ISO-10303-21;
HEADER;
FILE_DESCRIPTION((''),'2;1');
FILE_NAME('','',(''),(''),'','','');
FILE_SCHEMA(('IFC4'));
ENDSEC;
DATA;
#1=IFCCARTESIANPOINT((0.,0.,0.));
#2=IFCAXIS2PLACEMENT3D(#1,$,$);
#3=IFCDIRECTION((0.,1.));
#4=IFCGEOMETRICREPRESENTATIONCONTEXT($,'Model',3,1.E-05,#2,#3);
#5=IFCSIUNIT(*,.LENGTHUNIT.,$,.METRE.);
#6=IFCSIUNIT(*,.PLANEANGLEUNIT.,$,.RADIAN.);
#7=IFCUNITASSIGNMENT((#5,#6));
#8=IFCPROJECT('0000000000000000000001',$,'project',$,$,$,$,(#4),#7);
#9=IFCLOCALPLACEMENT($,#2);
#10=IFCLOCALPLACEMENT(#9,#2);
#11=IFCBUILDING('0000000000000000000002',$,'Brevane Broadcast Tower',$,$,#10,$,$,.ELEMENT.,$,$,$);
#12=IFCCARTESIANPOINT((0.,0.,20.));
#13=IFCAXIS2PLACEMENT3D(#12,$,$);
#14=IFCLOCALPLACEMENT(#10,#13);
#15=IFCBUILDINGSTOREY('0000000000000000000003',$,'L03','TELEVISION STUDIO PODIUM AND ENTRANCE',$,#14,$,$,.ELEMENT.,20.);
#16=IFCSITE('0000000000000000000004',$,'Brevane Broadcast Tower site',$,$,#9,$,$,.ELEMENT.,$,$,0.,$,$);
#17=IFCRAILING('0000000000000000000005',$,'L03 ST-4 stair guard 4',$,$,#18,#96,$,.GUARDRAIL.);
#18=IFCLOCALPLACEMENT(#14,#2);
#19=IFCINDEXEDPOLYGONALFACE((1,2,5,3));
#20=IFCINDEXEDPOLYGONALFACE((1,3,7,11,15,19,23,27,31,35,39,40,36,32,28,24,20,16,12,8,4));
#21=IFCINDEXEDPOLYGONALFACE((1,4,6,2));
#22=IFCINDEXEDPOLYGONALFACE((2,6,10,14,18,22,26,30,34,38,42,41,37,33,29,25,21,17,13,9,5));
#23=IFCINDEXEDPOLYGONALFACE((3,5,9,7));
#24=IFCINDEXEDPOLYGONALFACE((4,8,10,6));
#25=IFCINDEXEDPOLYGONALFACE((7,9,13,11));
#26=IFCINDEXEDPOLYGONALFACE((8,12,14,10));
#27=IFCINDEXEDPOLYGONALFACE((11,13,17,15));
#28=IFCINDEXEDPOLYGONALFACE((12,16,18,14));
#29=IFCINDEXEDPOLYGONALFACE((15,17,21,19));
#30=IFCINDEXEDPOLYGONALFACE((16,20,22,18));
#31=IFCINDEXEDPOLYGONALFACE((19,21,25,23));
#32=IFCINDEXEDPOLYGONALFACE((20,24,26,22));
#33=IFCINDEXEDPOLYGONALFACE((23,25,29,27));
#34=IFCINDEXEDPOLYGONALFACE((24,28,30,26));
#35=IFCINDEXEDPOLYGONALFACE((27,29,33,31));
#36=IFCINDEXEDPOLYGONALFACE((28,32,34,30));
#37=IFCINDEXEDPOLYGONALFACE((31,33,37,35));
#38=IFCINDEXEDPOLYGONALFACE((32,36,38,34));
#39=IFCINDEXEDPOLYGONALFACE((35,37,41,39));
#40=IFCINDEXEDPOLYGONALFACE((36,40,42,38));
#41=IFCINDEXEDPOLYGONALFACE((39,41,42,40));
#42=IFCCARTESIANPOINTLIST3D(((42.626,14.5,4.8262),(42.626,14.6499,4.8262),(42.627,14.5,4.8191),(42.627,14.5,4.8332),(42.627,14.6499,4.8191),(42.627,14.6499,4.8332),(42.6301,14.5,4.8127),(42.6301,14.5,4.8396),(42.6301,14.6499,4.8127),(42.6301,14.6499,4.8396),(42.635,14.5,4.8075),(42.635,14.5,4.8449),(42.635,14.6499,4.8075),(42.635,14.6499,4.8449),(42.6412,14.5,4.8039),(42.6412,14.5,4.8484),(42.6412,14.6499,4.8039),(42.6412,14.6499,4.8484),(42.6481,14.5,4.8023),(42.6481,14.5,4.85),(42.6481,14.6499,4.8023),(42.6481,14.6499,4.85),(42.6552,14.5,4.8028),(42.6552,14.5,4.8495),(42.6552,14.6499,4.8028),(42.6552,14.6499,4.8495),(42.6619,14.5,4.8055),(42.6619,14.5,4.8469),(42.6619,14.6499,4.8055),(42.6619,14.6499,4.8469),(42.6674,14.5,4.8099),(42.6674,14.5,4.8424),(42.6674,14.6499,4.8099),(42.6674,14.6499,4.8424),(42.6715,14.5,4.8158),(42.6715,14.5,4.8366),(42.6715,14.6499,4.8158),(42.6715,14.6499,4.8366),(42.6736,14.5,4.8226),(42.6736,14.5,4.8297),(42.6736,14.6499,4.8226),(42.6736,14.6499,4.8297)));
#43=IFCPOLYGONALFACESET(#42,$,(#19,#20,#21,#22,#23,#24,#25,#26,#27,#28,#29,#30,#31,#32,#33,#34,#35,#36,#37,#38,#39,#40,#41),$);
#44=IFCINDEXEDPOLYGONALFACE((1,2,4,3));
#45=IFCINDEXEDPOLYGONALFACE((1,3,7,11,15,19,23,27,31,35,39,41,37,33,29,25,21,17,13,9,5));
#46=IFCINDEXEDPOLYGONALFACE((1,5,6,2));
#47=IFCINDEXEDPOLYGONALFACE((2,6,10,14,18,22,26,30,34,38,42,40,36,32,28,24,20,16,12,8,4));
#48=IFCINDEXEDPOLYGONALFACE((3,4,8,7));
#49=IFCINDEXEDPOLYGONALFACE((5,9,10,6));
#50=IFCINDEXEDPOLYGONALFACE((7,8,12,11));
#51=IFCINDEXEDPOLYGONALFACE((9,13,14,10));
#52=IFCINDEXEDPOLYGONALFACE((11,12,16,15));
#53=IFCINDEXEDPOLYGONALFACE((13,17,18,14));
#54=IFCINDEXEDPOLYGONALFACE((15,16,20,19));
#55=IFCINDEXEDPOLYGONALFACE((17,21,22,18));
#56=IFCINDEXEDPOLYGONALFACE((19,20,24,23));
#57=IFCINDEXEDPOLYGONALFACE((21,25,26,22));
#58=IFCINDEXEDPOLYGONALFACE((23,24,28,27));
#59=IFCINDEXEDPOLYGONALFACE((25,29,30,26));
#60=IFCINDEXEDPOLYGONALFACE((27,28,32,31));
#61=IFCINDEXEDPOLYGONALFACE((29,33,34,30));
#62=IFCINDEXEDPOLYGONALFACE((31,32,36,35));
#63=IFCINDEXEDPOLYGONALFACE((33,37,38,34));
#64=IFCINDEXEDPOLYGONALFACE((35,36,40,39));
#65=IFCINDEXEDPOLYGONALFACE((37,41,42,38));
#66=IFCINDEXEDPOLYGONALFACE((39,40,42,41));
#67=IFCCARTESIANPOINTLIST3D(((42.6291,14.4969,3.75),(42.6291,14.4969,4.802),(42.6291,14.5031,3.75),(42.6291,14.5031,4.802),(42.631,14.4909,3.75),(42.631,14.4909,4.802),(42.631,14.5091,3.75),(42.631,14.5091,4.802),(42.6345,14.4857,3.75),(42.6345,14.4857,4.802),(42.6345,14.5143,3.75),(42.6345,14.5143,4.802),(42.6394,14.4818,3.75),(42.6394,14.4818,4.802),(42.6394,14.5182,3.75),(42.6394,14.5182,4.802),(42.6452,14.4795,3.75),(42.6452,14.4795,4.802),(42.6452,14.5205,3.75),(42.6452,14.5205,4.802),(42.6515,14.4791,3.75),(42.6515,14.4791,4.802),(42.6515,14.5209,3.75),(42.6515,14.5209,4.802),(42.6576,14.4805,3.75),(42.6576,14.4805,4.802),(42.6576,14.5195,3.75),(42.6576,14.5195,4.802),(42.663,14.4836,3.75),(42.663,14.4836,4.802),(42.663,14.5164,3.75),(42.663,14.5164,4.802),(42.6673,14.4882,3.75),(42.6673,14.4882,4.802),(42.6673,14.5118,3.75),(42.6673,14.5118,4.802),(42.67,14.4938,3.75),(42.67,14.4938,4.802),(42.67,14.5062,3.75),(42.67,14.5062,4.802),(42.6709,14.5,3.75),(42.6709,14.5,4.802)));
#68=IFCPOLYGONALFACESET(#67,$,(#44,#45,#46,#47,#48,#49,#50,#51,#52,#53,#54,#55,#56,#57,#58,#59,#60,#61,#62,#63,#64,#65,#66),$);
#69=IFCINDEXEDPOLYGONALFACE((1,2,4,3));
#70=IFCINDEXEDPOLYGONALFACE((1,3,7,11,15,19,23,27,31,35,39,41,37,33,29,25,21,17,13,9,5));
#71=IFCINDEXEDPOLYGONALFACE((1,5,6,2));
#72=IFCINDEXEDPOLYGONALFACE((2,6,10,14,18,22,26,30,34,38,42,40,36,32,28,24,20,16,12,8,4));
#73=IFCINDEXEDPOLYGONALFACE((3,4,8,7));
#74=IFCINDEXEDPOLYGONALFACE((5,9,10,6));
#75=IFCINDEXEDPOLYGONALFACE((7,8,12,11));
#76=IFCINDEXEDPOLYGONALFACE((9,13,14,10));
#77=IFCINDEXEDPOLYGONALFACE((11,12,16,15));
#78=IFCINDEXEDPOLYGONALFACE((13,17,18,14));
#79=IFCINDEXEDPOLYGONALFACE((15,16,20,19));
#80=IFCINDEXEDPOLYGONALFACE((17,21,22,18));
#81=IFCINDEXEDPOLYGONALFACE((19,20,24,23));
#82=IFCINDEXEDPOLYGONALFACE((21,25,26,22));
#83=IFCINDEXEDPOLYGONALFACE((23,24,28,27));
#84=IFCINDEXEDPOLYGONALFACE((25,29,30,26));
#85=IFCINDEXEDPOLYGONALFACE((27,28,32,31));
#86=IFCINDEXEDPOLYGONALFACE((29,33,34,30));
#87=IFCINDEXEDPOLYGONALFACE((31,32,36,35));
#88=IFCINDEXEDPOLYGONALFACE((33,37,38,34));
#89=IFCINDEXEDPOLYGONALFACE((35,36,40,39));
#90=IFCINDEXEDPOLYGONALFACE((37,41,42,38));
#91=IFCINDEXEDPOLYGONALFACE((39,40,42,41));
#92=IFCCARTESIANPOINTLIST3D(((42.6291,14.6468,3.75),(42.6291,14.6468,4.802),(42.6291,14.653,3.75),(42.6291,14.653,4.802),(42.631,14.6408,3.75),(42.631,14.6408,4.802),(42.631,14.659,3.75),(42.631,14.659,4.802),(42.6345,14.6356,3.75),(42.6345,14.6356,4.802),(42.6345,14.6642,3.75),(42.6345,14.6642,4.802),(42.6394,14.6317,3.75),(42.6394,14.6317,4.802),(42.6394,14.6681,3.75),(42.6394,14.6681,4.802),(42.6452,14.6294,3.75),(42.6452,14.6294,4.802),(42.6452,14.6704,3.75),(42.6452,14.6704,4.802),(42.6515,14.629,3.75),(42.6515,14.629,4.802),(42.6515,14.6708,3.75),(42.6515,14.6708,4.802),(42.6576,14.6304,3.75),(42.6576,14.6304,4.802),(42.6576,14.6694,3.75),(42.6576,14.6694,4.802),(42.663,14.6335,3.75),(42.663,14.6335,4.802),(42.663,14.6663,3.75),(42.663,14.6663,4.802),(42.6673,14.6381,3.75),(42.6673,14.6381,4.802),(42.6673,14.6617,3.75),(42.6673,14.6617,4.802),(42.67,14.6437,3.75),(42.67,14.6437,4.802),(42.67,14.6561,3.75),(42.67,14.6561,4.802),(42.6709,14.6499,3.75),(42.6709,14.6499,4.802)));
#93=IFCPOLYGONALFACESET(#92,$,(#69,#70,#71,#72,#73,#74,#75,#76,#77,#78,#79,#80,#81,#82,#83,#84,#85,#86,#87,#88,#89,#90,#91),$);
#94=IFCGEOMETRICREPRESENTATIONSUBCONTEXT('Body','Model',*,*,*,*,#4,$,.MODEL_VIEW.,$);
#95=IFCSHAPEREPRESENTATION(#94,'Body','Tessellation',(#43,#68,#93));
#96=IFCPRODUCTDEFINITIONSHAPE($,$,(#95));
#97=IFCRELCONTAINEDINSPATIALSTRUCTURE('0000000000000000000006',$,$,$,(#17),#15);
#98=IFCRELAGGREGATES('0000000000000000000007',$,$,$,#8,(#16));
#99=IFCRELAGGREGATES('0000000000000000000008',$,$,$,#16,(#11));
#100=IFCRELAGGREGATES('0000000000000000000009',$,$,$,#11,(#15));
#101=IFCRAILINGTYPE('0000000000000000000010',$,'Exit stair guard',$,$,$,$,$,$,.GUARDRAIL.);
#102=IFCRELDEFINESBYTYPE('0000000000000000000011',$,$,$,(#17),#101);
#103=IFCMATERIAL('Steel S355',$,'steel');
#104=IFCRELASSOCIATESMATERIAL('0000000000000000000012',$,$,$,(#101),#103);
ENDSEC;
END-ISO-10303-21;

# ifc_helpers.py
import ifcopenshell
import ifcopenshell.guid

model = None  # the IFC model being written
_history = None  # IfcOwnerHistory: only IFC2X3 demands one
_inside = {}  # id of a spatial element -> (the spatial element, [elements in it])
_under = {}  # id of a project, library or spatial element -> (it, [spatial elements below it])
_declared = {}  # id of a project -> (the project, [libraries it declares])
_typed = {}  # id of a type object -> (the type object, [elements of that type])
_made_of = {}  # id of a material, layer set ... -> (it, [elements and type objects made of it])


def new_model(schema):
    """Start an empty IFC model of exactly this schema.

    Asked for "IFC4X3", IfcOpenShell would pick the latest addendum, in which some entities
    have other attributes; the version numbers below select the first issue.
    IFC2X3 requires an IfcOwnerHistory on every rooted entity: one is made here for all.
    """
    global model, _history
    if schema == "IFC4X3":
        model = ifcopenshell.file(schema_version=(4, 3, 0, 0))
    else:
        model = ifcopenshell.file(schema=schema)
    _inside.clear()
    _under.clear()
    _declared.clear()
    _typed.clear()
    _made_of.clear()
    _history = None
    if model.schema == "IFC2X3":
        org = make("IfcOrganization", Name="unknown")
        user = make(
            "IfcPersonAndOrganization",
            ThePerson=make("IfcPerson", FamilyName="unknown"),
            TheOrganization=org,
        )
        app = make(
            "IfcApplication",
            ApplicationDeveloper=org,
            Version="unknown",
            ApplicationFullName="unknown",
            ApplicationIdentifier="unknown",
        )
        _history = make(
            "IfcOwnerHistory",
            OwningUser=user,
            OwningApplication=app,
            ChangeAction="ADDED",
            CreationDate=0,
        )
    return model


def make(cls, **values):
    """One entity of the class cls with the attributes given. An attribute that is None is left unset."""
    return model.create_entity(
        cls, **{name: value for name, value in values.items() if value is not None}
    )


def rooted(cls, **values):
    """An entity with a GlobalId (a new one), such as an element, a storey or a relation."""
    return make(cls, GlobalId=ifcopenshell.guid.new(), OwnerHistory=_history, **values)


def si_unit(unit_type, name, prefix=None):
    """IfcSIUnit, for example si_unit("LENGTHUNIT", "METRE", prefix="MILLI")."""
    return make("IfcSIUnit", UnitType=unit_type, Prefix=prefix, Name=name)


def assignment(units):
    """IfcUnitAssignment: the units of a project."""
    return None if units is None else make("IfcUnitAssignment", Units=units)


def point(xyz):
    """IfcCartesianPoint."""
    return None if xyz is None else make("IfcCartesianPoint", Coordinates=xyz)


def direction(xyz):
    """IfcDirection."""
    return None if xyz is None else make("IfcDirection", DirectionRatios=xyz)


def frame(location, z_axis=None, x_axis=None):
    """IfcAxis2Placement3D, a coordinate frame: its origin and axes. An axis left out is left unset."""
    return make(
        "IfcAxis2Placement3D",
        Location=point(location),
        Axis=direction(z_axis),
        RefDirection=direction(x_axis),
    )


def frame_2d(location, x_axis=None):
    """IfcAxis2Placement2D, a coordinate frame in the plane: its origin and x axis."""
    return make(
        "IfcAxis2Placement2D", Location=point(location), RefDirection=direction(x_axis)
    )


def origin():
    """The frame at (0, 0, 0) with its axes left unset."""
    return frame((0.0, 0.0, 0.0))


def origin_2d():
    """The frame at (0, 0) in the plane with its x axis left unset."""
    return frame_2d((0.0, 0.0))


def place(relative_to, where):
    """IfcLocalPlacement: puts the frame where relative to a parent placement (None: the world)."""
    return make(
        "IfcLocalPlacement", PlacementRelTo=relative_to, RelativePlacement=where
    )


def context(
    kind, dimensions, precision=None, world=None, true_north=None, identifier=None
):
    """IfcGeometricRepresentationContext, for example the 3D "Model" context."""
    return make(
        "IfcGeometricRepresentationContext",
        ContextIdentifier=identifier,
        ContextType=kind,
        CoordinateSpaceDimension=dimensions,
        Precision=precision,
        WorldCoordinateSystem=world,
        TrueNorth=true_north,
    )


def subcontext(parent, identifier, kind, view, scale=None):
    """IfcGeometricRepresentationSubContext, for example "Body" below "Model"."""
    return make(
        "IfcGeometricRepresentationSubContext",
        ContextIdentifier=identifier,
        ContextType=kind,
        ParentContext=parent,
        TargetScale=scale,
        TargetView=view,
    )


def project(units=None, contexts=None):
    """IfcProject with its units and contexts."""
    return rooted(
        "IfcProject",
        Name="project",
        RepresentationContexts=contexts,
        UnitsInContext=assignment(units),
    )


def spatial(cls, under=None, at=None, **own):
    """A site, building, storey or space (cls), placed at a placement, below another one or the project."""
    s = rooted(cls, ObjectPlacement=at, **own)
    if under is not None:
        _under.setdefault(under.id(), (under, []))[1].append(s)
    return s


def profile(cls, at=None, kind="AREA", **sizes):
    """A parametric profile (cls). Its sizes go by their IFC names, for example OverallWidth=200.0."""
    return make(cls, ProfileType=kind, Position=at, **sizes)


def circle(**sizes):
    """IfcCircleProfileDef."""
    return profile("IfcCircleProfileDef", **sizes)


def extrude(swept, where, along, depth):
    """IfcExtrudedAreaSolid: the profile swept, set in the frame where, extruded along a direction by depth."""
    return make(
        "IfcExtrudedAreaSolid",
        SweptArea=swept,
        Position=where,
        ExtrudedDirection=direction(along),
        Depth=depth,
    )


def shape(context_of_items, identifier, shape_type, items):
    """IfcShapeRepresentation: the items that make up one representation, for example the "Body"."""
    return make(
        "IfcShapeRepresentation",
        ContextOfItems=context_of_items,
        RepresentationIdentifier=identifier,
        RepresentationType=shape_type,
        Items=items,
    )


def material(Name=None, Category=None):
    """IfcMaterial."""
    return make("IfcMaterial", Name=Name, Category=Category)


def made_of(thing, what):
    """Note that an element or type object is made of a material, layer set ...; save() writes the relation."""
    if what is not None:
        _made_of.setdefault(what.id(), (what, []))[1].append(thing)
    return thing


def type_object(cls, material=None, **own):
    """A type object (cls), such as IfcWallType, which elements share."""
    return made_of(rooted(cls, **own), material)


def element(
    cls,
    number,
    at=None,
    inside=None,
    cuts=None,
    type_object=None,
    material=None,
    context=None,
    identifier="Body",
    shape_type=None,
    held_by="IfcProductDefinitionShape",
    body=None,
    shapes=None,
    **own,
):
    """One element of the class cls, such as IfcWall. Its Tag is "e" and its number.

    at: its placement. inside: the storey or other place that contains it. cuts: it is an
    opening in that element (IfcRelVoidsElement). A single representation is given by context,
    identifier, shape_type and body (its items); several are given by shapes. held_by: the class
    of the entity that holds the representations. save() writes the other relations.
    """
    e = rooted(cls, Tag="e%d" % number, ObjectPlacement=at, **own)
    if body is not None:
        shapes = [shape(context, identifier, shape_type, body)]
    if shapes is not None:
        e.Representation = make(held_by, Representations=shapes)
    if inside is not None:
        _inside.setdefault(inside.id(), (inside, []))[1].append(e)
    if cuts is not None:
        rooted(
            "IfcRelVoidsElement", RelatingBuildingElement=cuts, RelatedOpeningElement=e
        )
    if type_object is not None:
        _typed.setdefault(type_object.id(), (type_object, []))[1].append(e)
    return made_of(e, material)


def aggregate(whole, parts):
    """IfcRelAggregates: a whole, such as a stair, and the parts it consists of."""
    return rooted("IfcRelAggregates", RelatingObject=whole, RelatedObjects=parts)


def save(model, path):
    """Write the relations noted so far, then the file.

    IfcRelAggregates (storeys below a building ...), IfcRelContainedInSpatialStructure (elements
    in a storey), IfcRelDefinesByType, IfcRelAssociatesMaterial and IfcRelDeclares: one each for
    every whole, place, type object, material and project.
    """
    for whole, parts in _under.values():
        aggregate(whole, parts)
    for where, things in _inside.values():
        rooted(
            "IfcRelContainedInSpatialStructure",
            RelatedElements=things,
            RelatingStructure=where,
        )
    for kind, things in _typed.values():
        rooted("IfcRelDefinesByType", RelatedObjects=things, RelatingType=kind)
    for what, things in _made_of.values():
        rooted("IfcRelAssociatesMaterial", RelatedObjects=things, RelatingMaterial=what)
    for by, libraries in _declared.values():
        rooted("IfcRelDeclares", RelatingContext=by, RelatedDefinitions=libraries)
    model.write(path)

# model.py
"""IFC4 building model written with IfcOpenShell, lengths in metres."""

from ifc_helpers import new_model, si_unit, direction, frame, origin, origin_2d, place, context, subcontext, project, spatial, circle, extrude, material, type_object, element, save


model = new_model("IFC4")

# Units and contexts
model_context = context("Model", 3, precision=1e-05, world=origin(), true_north=direction((0.0, 1.0)))
body_context = subcontext(model_context, "Body", "Model", "MODEL_VIEW")
ifc_project = project(units=[si_unit("LENGTHUNIT", "METRE"), si_unit("PLANEANGLEUNIT", "RADIAN")], contexts=[model_context])

# Site, building, storey
site_placement = place(None, origin())
site = spatial("IfcSite", under=ifc_project, at=site_placement, Name="Brevane Broadcast Tower site", CompositionType="ELEMENT", RefElevation=0.0)
building_placement = place(site_placement, origin())
building = spatial("IfcBuilding", under=site, at=building_placement, Name="Brevane Broadcast Tower", CompositionType="ELEMENT")
storey_placement = place(building_placement, frame((0.0, 0.0, 20.0)))
storey = spatial("IfcBuildingStorey", under=building, at=storey_placement, Name="L03", Description="TELEVISION STUDIO PODIUM AND ENTRANCE", CompositionType="ELEMENT", Elevation=20.0)

# Railing
ifc_material_1 = material(Name="Steel S355", Category="steel")
railing_type_1 = type_object("IfcRailingType", Name="Exit stair guard", PredefinedType="GUARDRAIL", material=ifc_material_1)
railing_1_placement = place(storey_placement, frame((42.6499, 14.5, 3.75)))
element("IfcRailing", 1, at=railing_1_placement, inside=storey, type_object=railing_type_1, Name="L03 ST-4 stair guard 4", PredefinedType="GUARDRAIL", context=body_context, shape_type="SweptSolid", body=[
    extrude(circle(Radius=0.0239, at=origin_2d()), frame((0.0, 0.0, 1.0762), z_axis=(0.0, 1.0, 0.0), x_axis=(-1.0, 0.0, 0.0)), (0.0, 0.0, 1.0), 0.1499),
    extrude(circle(Radius=0.021, at=origin_2d()), origin(), (0.0, 0.0, 1.0), 1.052),
    extrude(circle(Radius=0.021, at=origin_2d()), frame((0.0, 0.1499, 0.0)), (0.0, 0.0, 1.0), 1.052),
])

save(model, "model.ifc")
